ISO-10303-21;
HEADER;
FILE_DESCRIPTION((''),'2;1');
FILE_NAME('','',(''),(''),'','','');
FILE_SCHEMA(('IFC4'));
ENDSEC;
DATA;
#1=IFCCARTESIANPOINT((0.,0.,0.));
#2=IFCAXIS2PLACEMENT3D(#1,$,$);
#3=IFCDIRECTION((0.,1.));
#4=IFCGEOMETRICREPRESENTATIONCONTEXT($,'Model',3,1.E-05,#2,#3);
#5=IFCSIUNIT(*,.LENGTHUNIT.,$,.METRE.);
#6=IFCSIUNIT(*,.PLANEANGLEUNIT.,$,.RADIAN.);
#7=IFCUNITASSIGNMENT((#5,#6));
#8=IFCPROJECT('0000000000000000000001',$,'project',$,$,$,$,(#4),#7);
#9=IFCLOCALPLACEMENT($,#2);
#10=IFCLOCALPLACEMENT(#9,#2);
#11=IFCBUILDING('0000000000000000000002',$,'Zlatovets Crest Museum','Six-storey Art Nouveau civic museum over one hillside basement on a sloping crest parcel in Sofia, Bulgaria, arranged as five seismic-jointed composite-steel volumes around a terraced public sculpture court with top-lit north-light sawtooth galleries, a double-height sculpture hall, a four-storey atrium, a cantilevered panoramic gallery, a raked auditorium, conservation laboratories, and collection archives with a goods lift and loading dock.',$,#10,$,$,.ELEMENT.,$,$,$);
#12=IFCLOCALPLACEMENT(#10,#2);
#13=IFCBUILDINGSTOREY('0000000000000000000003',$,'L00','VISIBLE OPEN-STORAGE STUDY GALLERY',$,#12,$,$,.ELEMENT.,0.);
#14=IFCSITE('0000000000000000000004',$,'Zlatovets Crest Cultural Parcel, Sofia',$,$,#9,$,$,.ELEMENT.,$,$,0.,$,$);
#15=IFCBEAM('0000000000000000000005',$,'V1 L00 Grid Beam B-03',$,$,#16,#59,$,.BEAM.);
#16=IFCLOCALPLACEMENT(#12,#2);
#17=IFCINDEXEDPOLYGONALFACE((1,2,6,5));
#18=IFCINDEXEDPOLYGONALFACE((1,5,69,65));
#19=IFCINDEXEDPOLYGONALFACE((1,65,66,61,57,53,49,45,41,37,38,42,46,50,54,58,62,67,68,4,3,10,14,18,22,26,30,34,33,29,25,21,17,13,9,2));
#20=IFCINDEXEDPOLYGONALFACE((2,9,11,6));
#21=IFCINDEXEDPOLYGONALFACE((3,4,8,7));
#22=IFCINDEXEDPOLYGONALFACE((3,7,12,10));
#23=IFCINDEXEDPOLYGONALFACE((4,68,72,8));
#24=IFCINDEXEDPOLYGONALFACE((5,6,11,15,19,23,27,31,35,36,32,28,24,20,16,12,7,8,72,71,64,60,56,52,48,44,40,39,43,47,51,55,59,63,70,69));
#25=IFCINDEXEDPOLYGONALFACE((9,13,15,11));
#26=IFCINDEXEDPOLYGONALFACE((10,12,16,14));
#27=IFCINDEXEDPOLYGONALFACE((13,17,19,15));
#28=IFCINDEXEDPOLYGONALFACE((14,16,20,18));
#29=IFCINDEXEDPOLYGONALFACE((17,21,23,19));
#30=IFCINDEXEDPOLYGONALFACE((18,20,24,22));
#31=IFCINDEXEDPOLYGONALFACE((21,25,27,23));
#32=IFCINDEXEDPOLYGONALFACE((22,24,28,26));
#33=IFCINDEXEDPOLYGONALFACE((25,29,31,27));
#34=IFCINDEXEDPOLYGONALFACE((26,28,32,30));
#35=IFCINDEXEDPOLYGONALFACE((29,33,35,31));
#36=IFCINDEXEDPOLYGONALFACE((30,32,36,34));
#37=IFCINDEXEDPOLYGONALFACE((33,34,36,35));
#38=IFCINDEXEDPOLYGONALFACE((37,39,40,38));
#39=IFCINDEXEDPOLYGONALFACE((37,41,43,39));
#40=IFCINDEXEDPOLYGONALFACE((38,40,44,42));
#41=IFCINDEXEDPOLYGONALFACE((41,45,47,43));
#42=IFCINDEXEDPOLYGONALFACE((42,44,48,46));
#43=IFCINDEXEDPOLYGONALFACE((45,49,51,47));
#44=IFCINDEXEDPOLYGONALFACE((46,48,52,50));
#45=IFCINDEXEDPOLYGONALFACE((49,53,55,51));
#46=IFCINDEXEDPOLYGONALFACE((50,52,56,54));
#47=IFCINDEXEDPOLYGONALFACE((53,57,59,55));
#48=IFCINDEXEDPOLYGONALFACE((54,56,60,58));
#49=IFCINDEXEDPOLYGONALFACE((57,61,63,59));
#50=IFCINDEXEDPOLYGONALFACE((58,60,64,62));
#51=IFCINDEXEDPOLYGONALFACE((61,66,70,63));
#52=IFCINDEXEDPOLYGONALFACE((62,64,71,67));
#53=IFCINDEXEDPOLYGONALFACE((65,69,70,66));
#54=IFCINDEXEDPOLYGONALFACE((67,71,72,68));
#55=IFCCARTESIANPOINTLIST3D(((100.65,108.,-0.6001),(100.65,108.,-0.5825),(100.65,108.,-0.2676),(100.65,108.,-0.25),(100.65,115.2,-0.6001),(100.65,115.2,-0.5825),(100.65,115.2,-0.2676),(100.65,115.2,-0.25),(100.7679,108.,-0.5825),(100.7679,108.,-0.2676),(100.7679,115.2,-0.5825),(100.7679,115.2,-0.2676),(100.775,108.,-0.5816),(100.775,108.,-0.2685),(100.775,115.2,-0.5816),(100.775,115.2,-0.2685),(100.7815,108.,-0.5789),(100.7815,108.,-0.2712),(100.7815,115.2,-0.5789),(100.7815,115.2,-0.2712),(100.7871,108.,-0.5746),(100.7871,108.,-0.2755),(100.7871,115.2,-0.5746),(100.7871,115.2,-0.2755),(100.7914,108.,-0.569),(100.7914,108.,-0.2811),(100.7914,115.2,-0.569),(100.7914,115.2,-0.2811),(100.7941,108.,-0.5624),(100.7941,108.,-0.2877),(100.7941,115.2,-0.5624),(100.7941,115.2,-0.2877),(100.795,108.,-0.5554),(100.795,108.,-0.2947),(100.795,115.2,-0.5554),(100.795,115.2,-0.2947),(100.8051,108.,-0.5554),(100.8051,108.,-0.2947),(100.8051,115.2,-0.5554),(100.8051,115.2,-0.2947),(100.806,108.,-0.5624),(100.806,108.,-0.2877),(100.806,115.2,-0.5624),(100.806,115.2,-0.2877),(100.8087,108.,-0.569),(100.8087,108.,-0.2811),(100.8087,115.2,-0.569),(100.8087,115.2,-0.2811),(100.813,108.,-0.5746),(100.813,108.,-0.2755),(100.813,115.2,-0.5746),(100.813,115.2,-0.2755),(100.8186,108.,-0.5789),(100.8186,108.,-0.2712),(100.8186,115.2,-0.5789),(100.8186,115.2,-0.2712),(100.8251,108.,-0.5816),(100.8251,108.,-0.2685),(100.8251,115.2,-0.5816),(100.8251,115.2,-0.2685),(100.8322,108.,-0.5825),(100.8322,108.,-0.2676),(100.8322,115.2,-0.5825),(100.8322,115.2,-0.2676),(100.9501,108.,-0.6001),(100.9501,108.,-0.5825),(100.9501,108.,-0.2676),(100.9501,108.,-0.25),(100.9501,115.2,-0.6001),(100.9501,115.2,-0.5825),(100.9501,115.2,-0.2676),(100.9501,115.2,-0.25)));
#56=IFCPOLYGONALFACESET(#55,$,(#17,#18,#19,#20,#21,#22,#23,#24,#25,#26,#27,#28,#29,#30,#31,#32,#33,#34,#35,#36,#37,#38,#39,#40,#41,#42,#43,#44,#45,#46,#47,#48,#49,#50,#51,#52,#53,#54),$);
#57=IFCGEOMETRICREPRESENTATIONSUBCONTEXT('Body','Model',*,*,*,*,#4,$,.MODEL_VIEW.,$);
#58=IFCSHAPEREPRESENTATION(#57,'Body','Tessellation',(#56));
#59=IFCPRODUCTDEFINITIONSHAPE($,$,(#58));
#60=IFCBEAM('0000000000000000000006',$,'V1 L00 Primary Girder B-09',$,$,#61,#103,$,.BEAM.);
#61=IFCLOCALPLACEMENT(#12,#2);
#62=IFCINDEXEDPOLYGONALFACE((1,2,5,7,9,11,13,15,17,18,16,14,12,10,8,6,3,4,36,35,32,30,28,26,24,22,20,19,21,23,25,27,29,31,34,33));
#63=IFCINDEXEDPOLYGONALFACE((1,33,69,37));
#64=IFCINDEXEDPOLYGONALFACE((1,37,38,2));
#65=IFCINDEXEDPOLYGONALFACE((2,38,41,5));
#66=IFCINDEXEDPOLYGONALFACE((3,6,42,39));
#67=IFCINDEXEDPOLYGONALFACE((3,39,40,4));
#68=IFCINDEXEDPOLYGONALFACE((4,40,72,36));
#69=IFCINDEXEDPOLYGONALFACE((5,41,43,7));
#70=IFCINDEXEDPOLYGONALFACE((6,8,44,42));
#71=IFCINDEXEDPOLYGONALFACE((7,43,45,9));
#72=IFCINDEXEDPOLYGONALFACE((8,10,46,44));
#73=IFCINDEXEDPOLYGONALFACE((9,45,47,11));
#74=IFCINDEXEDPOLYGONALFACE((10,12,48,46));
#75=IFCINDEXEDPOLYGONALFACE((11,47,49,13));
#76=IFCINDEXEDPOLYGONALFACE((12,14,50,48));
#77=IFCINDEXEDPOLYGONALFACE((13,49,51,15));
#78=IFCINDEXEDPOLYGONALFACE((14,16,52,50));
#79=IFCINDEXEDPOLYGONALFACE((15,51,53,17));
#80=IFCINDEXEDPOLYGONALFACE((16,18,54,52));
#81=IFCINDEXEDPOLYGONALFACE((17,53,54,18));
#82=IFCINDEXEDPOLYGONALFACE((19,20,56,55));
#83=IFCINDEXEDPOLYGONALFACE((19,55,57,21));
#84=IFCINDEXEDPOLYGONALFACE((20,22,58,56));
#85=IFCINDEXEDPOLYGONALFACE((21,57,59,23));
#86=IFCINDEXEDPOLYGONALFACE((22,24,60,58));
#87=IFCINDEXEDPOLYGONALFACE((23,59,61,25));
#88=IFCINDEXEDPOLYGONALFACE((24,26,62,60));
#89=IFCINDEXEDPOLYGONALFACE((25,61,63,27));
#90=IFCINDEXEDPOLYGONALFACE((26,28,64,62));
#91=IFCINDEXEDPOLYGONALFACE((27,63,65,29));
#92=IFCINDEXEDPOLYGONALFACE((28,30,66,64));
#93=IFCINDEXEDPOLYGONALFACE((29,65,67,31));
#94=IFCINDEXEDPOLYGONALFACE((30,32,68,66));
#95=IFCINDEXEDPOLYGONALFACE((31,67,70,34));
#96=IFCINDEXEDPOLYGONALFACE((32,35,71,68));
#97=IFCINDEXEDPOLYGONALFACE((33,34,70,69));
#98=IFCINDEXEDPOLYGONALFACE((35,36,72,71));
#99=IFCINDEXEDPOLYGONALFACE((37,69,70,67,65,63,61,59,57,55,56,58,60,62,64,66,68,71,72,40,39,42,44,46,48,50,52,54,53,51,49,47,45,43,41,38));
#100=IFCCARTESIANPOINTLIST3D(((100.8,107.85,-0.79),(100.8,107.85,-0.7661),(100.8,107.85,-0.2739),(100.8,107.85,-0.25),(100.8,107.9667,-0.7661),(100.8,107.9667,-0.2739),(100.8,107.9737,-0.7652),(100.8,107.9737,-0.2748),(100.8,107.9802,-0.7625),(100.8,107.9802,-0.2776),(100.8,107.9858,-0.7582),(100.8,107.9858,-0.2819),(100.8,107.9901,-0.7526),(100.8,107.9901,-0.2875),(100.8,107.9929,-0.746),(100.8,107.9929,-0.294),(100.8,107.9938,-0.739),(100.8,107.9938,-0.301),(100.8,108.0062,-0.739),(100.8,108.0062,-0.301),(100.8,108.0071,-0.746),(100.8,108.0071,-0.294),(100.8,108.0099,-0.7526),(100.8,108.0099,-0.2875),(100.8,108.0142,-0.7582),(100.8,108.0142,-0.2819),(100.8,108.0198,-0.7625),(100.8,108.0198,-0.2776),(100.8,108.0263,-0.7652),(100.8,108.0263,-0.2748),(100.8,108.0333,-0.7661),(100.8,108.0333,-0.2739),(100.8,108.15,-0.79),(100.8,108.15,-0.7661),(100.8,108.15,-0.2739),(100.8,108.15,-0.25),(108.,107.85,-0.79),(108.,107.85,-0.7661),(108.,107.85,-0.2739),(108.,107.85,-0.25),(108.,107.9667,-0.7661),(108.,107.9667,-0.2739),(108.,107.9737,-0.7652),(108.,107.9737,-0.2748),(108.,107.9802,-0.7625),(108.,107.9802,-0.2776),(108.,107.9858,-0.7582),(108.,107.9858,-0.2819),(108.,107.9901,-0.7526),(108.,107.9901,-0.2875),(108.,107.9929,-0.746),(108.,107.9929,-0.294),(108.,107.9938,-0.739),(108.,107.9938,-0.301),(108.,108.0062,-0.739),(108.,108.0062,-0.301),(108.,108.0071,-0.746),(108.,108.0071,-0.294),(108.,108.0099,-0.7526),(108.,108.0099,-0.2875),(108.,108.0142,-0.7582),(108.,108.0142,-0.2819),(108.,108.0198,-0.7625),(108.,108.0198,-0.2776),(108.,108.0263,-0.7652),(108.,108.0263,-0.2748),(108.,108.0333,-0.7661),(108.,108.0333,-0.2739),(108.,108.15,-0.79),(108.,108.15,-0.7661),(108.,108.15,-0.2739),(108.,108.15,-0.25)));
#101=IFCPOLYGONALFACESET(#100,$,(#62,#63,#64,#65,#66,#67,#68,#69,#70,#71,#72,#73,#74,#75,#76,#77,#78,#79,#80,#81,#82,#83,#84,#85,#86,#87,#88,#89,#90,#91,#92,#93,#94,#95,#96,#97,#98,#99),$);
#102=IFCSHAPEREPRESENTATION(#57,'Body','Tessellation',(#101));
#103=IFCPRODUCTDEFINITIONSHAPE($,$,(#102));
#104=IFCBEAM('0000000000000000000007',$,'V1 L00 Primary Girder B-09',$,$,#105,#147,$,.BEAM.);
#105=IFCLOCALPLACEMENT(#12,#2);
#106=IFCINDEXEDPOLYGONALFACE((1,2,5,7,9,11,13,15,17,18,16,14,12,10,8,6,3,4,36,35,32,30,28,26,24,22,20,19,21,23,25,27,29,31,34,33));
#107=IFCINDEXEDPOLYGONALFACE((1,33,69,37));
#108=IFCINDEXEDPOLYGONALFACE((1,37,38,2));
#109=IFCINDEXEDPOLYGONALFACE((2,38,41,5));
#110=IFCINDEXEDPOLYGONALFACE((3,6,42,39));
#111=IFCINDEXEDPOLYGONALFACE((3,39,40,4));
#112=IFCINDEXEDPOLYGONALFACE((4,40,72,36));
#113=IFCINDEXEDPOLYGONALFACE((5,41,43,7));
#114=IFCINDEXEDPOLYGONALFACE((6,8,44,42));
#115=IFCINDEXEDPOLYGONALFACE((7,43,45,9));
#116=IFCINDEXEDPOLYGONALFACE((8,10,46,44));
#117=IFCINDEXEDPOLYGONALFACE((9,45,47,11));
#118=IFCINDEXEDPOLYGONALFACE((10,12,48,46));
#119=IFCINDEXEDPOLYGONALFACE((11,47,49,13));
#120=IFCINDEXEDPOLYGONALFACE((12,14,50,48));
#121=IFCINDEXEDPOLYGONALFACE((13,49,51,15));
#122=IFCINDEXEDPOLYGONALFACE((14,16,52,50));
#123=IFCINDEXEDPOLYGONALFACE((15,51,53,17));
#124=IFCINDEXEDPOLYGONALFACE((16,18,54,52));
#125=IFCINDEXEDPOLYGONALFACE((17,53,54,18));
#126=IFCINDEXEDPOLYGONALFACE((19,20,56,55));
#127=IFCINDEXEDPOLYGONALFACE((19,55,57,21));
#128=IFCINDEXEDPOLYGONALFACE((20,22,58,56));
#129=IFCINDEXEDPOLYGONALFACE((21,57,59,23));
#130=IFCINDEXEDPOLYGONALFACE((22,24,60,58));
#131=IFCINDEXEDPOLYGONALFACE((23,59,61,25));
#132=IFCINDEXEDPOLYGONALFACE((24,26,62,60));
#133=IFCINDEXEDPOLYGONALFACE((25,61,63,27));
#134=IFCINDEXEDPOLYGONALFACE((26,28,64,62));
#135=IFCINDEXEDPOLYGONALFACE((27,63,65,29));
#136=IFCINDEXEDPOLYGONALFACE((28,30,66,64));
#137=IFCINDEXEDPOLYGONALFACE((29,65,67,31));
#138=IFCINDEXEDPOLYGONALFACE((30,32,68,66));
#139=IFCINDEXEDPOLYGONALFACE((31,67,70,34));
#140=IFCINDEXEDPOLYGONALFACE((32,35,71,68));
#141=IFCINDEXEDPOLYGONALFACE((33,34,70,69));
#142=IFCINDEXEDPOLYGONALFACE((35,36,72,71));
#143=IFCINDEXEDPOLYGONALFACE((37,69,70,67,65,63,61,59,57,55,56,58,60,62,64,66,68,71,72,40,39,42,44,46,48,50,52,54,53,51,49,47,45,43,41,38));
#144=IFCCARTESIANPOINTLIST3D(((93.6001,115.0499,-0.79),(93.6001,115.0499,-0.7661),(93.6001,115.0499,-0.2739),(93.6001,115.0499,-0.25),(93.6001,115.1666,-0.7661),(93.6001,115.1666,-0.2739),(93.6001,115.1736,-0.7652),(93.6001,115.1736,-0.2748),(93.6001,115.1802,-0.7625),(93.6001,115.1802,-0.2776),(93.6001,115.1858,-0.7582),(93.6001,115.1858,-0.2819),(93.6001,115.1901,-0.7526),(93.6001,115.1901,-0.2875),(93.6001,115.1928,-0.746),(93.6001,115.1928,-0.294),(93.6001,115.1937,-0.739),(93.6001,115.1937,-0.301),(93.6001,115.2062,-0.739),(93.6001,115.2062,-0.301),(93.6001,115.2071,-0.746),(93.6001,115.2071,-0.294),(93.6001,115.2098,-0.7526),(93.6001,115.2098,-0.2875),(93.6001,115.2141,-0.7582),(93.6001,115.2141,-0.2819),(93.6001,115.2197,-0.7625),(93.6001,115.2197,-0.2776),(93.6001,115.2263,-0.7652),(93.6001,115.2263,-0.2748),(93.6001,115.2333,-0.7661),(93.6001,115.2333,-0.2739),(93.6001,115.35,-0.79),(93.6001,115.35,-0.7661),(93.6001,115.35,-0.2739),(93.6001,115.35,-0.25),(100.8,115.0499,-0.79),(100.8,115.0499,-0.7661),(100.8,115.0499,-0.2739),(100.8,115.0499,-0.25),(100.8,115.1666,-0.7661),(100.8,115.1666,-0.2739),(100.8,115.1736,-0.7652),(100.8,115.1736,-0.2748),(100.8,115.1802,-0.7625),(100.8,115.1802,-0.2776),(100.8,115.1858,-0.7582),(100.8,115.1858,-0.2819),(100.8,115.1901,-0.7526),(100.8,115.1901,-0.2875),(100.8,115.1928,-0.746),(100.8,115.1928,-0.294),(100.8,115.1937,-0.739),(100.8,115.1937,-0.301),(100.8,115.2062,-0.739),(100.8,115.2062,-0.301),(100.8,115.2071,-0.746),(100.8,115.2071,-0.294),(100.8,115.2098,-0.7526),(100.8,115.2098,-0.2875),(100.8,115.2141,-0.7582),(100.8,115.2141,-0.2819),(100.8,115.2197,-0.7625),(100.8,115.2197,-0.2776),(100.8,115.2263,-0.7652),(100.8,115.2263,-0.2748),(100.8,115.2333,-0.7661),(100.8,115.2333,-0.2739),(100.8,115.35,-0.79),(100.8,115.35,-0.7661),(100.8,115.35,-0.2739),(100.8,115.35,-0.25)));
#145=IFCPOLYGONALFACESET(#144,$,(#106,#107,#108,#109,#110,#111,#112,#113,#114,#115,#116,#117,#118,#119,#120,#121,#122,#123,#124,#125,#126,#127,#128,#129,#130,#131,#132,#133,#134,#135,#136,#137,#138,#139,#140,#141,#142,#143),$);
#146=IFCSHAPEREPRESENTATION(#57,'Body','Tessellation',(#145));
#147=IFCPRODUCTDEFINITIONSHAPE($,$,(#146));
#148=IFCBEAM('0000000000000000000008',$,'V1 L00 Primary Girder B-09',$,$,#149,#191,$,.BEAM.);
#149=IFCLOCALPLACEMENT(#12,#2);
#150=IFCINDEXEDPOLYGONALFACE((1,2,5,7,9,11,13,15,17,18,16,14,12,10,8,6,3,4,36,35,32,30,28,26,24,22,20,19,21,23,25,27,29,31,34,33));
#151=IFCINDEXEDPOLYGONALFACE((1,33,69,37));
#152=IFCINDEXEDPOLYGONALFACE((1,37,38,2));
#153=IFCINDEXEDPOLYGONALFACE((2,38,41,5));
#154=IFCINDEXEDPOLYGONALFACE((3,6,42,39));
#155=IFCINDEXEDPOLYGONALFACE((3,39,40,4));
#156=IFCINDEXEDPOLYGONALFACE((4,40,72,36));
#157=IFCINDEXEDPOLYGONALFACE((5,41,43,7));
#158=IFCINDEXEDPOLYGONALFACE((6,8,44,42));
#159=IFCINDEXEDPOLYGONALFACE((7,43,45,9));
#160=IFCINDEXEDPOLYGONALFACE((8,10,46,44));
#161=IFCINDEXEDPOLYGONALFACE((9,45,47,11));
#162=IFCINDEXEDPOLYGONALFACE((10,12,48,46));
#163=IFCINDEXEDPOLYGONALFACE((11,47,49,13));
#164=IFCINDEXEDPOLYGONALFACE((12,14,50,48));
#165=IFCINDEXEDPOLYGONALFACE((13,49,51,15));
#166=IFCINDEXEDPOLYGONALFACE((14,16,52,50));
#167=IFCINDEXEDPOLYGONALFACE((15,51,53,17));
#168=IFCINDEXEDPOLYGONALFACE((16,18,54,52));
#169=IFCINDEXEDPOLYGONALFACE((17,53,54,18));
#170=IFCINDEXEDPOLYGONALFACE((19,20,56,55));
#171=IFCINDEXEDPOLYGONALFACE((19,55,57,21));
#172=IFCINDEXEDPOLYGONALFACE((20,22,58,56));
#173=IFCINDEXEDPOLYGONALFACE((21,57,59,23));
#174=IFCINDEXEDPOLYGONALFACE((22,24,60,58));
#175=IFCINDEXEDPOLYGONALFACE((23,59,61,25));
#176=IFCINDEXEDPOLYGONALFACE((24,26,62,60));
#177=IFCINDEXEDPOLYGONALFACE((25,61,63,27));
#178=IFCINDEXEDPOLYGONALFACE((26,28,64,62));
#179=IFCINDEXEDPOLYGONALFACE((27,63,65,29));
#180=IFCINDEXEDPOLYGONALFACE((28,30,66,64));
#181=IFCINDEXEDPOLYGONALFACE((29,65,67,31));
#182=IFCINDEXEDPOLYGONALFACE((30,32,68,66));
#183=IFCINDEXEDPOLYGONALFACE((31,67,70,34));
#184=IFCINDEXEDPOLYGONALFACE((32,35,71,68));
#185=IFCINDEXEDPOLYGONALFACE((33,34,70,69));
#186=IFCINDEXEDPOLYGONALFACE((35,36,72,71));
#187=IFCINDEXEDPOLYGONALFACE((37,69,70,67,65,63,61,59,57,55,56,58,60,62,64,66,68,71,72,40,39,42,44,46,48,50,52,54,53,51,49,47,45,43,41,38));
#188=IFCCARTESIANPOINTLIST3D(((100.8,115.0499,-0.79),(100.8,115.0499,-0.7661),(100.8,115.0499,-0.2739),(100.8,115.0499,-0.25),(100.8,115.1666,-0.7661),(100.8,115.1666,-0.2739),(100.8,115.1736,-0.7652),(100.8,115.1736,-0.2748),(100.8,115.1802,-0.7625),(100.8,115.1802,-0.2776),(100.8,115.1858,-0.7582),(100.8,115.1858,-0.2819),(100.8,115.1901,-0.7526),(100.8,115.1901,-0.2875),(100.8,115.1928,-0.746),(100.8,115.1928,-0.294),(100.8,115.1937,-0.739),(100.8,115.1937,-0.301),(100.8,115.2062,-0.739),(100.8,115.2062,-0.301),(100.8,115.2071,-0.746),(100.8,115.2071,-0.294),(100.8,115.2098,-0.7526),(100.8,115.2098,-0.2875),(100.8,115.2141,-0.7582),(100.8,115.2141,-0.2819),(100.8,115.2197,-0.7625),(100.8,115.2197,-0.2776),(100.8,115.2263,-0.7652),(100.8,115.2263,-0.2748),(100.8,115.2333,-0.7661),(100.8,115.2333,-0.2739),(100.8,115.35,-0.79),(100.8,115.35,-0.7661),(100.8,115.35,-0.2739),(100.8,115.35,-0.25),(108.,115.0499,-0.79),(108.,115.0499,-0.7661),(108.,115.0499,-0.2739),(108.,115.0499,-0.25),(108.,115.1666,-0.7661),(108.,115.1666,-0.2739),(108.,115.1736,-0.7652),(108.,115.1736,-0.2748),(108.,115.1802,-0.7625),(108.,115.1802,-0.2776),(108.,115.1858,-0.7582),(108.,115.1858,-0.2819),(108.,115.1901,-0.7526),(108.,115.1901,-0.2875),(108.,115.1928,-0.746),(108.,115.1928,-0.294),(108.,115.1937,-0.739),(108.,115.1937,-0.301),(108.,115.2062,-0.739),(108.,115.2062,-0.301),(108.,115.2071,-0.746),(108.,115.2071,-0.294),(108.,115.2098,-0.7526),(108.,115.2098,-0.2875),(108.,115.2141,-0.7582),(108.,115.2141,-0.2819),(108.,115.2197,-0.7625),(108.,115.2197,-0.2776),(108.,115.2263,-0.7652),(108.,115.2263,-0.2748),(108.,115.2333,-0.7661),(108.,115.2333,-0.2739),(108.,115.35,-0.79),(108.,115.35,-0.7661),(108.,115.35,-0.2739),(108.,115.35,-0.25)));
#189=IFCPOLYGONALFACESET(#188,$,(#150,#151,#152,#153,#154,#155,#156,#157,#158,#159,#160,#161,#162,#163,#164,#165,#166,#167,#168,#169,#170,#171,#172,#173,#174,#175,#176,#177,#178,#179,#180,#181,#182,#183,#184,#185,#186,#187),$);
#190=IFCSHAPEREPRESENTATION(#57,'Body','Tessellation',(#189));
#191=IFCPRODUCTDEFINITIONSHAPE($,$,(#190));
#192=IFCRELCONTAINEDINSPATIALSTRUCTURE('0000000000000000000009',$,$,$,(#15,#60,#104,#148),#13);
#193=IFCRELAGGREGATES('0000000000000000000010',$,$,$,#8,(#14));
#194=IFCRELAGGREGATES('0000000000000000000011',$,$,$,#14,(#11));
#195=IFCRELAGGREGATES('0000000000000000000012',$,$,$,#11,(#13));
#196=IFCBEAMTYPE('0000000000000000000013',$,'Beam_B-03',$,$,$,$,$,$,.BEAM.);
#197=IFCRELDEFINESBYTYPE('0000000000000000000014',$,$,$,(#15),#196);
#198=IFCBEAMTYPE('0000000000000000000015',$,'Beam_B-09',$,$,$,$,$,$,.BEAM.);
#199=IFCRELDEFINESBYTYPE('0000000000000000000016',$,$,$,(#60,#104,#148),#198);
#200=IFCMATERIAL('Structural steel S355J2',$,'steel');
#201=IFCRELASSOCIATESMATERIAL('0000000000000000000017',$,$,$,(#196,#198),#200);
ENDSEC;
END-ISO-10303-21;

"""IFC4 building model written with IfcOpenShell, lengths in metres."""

from ifc_helpers import new_model, si_unit, direction, frame, origin, origin_2d, place, context, subcontext, project, spatial, i_section, extrude, material, material_profile, profile_set, type_object, element, save


model = new_model("IFC4")

# Units and contexts
model_context = context("Model", 3, precision=1e-05, world=origin(), true_north=direction((0.0, 1.0)))
body_context = subcontext(model_context, "Body", "Model", "MODEL_VIEW")
ifc_project = project(units=[si_unit("LENGTHUNIT", "METRE"), si_unit("PLANEANGLEUNIT", "RADIAN")], contexts=[model_context])

# Site, building, storey
site_placement = place(None, origin())
site = spatial("IfcSite", under=ifc_project, at=site_placement, Name="Zlatovets Crest Cultural Parcel, Sofia", CompositionType="ELEMENT", RefElevation=0.0)
building_placement = place(site_placement, origin())
building = spatial("IfcBuilding", under=site, at=building_placement, Name="Zlatovets Crest Museum", Description="Six-storey Art Nouveau civic museum over one hillside basement on a sloping crest parcel in Sofia, Bulgaria, arranged as five seismic-jointed composite-steel volumes around a terraced public sculpture court with top-lit north-light sawtooth galleries, a double-height sculpture hall, a four-storey atrium, a cantilevered panoramic gallery, a raked auditorium, conservation laboratories, and collection archives with a goods lift and loading dock.", CompositionType="ELEMENT")
storey_placement = place(building_placement, origin())
storey = spatial("IfcBuildingStorey", under=building, at=storey_placement, Name="L00", Description="VISIBLE OPEN-STORAGE STUDY GALLERY", CompositionType="ELEMENT", Elevation=0.0)

# Shared definitions
ifc_material_1 = material(Name="Structural steel S355J2", Category="steel")

# Beams
ifc_material_profile_1 = material_profile(ifc_material_1, i_section(OverallWidth=0.3, OverallDepth=0.3501, WebThickness=0.01, FlangeThickness=0.0176, FilletRadius=0.0271, at=origin_2d()), Name="HEA 360")
ifc_profile_set_1 = profile_set([ifc_material_profile_1], Name="Structural steel S355J2")
beam_type_1 = type_object("IfcBeamType", Name="Beam_B-03", PredefinedType="BEAM", material=ifc_profile_set_1)
for number, where, z_axis, x_axis, name in (
    (1, (100.8, 108.0, -0.425), (0.0, 1.0, 0.0), (-1.0, 0.0, 0.0), "V1 L00 Grid Beam B-03"),
):
    element("IfcBeam", number, at=place(storey_placement, frame(where, z_axis=z_axis, x_axis=x_axis)), inside=storey, type_object=beam_type_1, Name=name, PredefinedType="BEAM", context=body_context, shape_type="SweptSolid", body=[
        extrude(i_section(OverallWidth=0.3, OverallDepth=0.3501, WebThickness=0.01, FlangeThickness=0.0176, FilletRadius=0.0271, at=origin_2d()), origin(), (0.0, 0.0, 1.0), 7.2),
    ])
ifc_material_profile_2 = material_profile(ifc_material_1, i_section(OverallWidth=0.3, OverallDepth=0.54, WebThickness=0.0125, FlangeThickness=0.0239, FilletRadius=0.0271, at=origin_2d()), Name="HEA 550")
ifc_profile_set_2 = profile_set([ifc_material_profile_2], Name="Structural steel S355J2")
beam_type_2 = type_object("IfcBeamType", Name="Beam_B-09", PredefinedType="BEAM", material=ifc_profile_set_2)
for number, where, z_axis, x_axis, name in (
    (2, (100.8, 108.0, -0.52), (1.0, 0.0, 0.0), (0.0, 1.0, 0.0), "V1 L00 Primary Girder B-09"),
    (3, (93.6001, 115.2, -0.52), (1.0, 0.0, 0.0), (0.0, 1.0, 0.0), "V1 L00 Primary Girder B-09"),
    (4, (100.8, 115.2, -0.52), (1.0, 0.0, 0.0), (0.0, 1.0, 0.0), "V1 L00 Primary Girder B-09"),
):
    element("IfcBeam", number, at=place(storey_placement, frame(where, z_axis=z_axis, x_axis=x_axis)), inside=storey, type_object=beam_type_2, Name=name, PredefinedType="BEAM", context=body_context, shape_type="SweptSolid", body=[
        extrude(i_section(OverallWidth=0.3, OverallDepth=0.54, WebThickness=0.0125, FlangeThickness=0.0239, FilletRadius=0.0271, at=origin_2d()), origin(), (0.0, 0.0, 1.0), 7.2),
    ])

save(model, "model.ifc")
